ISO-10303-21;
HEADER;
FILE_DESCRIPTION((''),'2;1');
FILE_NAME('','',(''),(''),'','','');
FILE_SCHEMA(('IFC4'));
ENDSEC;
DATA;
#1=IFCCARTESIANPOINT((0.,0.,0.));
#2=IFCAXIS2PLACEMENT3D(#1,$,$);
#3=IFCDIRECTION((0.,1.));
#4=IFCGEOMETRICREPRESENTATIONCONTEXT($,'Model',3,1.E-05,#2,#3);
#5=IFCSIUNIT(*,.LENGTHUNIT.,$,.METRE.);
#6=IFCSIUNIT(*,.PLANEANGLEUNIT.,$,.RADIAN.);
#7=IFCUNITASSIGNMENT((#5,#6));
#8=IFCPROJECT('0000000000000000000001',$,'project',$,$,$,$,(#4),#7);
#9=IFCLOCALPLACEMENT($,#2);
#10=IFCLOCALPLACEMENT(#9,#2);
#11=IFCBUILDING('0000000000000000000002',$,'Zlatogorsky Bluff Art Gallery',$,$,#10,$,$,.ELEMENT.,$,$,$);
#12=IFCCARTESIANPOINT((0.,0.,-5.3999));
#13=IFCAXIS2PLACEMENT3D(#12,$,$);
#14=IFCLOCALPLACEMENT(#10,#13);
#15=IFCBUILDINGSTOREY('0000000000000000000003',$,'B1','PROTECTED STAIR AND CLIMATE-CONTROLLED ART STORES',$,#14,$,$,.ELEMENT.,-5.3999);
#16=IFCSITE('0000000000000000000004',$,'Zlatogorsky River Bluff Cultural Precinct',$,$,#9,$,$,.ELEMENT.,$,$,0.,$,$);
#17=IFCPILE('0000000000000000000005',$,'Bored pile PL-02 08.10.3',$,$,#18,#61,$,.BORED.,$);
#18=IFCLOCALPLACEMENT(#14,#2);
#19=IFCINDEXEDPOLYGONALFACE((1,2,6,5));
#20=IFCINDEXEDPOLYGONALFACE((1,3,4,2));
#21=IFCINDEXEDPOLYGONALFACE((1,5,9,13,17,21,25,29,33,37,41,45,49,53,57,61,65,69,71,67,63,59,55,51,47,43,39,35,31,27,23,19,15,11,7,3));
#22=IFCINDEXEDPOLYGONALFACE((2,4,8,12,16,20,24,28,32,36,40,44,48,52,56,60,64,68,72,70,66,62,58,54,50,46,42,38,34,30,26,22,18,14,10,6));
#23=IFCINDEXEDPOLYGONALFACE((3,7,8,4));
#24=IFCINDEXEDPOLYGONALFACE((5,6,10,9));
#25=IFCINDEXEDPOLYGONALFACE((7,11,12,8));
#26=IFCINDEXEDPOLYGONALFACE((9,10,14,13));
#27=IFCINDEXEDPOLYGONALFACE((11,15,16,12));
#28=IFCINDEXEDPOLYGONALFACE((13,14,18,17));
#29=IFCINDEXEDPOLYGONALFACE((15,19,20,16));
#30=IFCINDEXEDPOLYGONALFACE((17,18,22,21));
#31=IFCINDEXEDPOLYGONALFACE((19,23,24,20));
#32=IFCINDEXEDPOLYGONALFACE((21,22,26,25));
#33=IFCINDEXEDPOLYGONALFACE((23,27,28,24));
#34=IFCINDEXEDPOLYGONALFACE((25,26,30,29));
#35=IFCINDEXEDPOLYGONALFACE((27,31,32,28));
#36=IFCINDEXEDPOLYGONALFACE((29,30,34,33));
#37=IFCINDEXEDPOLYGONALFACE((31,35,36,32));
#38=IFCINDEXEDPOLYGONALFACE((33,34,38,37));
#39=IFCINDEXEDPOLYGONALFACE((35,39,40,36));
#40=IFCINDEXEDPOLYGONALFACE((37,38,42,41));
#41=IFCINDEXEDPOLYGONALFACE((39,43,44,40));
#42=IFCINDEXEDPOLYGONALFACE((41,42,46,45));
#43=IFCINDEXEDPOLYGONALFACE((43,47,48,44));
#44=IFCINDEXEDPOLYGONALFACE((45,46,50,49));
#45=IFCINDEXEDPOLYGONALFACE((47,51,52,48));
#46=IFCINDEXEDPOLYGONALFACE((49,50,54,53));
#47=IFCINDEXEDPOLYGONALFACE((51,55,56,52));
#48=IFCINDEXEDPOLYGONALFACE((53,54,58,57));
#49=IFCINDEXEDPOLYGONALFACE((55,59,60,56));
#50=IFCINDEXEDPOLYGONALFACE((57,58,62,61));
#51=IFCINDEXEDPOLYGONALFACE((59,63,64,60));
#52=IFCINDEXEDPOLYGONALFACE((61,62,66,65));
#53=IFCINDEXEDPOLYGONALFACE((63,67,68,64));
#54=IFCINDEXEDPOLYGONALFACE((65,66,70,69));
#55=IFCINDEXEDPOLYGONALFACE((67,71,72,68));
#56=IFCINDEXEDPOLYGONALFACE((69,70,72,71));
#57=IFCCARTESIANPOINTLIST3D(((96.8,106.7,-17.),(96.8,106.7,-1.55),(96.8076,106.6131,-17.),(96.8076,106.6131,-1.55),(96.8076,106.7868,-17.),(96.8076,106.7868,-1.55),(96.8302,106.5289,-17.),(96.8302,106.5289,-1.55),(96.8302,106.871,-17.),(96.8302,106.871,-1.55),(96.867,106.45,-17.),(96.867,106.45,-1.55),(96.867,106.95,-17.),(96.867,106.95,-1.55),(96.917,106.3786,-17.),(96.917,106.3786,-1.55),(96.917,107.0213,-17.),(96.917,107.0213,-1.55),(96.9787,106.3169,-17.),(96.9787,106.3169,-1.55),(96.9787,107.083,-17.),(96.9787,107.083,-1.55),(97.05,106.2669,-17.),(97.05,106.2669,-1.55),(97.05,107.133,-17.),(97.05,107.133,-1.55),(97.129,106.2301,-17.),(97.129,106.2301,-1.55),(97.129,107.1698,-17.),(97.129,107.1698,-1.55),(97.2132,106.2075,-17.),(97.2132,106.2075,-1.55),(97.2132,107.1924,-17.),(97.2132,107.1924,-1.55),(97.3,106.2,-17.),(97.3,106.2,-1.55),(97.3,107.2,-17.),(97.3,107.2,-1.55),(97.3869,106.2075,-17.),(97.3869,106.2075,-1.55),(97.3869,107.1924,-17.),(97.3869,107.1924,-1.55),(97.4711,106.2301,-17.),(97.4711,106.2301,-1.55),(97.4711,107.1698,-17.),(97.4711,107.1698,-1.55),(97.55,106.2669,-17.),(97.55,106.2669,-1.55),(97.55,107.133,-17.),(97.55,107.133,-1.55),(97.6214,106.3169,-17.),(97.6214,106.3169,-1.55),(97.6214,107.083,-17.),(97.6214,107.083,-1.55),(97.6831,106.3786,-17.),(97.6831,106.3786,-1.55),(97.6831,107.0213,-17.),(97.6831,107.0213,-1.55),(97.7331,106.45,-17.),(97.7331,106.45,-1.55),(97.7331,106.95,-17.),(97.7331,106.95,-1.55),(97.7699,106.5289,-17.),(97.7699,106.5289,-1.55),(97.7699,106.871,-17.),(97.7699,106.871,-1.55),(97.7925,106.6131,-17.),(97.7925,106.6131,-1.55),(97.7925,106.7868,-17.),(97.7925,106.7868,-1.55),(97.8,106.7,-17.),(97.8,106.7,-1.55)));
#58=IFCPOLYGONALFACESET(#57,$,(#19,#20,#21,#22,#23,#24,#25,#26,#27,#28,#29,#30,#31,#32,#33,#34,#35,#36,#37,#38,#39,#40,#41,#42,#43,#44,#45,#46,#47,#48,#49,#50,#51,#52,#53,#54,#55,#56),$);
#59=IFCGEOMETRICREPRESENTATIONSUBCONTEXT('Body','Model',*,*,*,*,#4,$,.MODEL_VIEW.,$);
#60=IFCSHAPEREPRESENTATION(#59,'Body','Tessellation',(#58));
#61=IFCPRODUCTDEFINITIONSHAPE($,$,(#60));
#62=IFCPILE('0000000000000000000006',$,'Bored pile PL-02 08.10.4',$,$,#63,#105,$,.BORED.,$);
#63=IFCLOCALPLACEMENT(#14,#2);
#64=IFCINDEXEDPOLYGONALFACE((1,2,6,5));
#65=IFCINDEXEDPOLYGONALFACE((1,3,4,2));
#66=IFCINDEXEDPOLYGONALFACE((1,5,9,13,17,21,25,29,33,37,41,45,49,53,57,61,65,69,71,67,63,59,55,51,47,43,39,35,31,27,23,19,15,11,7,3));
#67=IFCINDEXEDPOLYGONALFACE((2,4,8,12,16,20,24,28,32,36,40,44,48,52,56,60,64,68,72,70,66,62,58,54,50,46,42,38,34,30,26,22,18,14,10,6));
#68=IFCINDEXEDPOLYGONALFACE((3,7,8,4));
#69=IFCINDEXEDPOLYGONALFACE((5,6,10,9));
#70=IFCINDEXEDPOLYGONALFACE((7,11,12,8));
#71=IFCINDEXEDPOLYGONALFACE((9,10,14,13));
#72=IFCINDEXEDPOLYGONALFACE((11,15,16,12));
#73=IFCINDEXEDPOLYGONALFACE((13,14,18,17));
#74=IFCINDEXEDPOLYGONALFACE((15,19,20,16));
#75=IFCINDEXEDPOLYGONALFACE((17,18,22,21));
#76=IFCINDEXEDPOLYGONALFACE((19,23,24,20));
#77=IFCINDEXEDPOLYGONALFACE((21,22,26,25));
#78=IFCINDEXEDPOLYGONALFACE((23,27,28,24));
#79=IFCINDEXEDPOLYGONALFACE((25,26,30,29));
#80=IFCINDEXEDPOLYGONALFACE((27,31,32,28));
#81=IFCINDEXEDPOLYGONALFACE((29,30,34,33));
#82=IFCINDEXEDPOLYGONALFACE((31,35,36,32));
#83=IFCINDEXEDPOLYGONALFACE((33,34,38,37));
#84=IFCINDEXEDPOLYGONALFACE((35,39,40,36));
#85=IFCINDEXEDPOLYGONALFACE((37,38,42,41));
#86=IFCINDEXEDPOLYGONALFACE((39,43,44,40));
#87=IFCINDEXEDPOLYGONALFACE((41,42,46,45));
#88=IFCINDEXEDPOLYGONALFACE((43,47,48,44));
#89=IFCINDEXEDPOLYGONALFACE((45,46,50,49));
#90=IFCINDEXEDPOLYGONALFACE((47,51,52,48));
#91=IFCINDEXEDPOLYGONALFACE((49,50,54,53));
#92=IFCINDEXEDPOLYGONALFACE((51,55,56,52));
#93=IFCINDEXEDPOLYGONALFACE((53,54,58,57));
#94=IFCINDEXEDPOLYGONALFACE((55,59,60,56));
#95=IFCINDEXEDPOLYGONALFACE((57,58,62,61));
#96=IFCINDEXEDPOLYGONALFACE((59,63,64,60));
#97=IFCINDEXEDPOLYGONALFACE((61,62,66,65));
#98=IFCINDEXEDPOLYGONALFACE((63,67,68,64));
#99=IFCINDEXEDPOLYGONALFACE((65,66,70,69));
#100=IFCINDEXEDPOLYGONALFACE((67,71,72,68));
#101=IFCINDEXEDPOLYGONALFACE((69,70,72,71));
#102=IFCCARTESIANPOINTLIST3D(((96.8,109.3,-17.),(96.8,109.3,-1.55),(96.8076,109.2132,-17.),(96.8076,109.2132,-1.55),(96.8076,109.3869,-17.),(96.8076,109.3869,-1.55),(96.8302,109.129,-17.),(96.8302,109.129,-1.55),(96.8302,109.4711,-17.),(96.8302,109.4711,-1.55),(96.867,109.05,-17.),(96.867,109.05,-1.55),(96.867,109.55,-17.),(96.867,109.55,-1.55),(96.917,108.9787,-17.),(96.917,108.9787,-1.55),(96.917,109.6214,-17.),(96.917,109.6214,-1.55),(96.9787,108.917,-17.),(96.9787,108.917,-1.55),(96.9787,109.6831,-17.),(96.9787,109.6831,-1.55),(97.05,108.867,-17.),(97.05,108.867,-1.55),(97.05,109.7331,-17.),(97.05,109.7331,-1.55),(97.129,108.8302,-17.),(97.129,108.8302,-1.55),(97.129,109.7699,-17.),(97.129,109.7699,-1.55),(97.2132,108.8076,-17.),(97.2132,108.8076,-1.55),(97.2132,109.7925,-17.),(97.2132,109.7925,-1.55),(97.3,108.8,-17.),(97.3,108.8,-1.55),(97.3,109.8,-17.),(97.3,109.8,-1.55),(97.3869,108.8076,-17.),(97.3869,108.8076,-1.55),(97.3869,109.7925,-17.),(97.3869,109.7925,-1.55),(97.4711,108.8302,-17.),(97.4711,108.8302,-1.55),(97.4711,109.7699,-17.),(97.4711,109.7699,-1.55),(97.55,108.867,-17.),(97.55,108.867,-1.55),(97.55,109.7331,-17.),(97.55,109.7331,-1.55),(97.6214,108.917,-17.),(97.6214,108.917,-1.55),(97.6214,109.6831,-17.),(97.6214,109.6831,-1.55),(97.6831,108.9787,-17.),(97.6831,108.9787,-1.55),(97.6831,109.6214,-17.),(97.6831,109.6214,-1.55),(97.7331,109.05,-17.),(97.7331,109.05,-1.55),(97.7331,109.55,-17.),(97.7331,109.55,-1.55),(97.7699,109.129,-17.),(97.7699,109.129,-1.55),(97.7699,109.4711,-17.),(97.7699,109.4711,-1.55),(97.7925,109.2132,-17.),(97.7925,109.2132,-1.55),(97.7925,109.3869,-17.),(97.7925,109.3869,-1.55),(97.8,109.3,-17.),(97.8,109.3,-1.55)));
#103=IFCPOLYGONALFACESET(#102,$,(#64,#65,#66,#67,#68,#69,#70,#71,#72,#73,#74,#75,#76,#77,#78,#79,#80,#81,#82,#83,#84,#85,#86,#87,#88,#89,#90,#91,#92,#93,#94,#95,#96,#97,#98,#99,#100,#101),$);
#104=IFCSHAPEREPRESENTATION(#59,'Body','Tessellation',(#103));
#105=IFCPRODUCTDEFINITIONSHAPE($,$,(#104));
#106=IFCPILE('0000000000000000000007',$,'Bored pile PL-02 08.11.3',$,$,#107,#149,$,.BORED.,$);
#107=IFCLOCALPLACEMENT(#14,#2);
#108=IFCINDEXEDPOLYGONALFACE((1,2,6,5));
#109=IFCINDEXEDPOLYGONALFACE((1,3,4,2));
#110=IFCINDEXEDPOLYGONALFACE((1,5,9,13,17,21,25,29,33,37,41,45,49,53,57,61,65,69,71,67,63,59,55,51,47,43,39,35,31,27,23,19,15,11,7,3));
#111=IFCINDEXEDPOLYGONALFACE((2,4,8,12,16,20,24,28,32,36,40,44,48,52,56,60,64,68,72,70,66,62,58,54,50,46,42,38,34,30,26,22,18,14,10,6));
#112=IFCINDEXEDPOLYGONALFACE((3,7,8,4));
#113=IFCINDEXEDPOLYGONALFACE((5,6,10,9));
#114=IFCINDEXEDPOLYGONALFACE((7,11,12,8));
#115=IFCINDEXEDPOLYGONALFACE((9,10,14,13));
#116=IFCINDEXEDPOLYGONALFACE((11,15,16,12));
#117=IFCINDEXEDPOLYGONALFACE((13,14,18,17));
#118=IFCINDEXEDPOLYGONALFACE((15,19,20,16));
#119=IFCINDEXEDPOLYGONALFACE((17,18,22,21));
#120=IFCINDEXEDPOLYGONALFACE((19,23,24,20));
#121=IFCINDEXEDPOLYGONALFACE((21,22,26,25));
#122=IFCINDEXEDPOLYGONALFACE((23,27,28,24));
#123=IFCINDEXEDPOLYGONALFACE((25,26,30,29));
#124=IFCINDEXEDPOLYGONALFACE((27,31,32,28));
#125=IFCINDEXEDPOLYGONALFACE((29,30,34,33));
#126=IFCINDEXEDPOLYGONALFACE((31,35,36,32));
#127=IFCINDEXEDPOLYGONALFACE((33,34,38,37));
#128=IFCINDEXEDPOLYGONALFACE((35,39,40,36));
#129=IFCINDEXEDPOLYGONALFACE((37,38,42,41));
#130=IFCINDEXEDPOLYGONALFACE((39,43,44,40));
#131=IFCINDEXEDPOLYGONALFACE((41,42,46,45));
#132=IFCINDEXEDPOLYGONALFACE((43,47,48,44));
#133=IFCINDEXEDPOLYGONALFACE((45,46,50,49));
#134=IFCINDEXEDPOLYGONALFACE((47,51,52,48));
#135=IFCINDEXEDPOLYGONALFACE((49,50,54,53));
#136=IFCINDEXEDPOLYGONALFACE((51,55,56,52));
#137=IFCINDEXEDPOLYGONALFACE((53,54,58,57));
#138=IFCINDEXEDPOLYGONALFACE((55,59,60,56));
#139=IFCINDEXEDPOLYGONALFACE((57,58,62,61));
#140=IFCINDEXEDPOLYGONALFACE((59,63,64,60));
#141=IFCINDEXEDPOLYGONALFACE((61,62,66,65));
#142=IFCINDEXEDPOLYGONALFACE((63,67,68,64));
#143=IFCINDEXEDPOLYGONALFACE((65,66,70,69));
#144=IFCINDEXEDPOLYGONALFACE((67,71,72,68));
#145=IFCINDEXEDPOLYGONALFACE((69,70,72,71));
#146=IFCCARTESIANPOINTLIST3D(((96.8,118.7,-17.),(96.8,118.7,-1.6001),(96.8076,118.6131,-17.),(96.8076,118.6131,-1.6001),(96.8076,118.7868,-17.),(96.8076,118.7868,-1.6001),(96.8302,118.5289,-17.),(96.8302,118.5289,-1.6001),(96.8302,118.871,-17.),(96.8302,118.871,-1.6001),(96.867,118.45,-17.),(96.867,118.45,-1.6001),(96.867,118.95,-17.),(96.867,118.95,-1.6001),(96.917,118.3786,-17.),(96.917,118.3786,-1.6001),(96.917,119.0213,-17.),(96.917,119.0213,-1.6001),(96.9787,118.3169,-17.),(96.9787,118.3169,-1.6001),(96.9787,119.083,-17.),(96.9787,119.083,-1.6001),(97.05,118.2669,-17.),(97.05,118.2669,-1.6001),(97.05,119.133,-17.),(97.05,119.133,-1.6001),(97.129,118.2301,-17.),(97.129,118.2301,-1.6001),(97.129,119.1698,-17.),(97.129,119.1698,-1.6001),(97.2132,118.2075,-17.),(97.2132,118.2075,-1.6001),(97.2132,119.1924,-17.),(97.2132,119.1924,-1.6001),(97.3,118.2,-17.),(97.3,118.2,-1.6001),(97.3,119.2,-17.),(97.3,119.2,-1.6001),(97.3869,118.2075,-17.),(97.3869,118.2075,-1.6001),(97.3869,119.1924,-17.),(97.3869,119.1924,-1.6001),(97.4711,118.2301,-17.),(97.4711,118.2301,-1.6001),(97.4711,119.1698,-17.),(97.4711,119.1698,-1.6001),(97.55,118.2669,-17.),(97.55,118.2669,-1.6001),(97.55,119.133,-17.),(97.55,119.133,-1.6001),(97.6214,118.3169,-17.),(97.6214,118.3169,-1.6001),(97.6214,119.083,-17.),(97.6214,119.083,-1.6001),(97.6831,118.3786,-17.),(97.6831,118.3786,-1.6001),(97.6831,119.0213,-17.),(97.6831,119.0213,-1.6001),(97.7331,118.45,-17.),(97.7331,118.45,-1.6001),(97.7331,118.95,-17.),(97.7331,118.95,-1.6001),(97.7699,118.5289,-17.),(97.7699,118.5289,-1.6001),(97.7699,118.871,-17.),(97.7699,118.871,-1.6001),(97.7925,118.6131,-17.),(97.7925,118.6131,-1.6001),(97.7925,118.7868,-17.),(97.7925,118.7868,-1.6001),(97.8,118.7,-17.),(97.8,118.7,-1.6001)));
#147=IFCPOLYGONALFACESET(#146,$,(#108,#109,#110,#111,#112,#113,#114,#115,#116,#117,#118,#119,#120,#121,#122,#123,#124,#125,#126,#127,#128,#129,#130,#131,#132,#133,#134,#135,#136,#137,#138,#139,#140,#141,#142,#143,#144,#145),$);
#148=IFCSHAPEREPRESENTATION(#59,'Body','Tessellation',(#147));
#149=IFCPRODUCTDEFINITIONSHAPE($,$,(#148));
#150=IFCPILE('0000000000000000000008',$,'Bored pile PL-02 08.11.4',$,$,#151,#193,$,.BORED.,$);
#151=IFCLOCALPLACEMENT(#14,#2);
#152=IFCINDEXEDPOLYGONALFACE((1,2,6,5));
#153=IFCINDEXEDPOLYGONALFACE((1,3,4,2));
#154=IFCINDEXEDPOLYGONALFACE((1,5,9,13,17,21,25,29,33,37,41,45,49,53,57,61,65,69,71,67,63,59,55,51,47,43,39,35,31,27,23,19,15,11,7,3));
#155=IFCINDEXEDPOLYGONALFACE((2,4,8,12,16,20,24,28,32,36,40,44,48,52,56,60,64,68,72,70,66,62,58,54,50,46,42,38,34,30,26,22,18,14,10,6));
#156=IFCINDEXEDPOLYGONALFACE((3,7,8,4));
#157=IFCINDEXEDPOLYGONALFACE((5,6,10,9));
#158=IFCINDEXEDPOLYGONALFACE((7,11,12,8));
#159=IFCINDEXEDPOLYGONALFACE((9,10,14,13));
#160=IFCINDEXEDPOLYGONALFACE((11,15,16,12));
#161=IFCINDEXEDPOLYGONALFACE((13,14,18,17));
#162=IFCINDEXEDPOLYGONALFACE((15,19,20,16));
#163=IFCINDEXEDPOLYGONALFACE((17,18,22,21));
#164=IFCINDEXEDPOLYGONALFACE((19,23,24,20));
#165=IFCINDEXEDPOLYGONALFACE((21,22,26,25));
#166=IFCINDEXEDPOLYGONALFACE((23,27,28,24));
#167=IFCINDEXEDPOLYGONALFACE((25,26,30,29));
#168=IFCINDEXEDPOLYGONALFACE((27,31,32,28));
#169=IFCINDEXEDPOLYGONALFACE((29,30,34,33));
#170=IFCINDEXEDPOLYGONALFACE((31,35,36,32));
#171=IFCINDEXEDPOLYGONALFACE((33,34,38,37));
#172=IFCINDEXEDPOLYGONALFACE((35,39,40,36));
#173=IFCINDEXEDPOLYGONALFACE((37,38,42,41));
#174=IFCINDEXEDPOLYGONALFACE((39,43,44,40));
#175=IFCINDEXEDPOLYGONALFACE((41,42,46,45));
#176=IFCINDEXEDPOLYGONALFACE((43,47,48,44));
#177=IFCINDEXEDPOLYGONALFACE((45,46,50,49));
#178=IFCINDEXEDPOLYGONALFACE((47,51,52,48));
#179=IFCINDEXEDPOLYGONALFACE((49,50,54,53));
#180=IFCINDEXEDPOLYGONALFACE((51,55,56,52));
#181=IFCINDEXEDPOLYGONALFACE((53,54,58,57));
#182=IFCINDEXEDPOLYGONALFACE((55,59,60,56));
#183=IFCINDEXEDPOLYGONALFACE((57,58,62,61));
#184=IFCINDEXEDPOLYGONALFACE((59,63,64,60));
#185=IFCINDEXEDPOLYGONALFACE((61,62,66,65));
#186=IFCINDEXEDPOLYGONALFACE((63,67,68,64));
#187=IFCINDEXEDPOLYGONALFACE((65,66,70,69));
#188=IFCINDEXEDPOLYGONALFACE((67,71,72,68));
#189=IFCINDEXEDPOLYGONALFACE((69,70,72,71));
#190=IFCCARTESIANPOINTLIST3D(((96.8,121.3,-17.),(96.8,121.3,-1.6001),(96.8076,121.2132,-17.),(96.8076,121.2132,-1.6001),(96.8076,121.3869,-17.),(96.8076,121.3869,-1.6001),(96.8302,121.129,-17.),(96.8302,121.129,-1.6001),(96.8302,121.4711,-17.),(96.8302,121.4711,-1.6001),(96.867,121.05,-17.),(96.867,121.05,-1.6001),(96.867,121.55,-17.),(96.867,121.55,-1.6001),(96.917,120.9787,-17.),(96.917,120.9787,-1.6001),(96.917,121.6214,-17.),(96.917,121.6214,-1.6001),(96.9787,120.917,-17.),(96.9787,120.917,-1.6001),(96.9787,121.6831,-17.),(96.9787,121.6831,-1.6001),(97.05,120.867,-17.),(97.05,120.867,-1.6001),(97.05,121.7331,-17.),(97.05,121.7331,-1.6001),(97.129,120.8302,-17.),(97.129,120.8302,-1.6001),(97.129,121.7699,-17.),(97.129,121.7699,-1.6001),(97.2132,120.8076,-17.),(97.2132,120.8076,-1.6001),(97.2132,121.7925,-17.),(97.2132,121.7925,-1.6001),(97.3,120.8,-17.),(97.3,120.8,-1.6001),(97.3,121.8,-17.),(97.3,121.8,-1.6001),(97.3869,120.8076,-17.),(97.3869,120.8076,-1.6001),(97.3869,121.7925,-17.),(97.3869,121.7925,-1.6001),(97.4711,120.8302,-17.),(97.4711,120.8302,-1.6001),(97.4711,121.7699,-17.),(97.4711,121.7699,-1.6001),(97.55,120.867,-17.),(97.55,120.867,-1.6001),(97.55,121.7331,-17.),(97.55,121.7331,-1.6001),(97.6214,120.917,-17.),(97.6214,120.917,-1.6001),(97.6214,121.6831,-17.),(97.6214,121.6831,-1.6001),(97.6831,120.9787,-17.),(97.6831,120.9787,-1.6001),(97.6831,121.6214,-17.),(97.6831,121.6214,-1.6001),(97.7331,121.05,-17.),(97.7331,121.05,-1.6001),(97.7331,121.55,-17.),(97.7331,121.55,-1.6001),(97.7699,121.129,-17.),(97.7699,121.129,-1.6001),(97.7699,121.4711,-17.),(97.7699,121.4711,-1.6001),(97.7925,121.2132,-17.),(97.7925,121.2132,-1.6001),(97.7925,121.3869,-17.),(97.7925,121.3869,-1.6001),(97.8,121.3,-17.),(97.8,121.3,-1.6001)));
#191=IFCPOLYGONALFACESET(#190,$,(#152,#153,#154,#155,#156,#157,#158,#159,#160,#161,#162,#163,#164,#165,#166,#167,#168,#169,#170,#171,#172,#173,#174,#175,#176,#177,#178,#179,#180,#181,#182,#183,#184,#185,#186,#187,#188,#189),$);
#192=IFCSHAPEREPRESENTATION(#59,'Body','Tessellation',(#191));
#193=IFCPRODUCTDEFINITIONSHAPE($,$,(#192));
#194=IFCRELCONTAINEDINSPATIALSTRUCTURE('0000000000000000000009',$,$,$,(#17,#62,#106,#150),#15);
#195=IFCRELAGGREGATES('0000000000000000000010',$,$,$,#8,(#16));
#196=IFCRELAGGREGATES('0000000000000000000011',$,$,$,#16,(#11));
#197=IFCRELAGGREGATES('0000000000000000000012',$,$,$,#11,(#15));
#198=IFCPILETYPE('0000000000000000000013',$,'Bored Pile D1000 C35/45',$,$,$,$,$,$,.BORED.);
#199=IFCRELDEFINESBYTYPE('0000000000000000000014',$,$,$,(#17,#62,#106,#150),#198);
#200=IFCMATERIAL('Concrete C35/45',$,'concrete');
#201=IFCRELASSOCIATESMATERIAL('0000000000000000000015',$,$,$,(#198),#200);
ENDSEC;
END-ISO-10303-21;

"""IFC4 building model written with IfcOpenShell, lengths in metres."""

from ifc_helpers import new_model, si_unit, direction, frame, origin, origin_2d, place, context, subcontext, project, spatial, circle, extrude, material, material_profile, profile_set, type_object, element, save


model = new_model("IFC4")

# Units and contexts
model_context = context("Model", 3, precision=1e-05, world=origin(), true_north=direction((0.0, 1.0)))
body_context = subcontext(model_context, "Body", "Model", "MODEL_VIEW")
ifc_project = project(units=[si_unit("LENGTHUNIT", "METRE"), si_unit("PLANEANGLEUNIT", "RADIAN")], contexts=[model_context])

# Site, building, storey
site_placement = place(None, origin())
site = spatial("IfcSite", under=ifc_project, at=site_placement, Name="Zlatogorsky River Bluff Cultural Precinct", CompositionType="ELEMENT", RefElevation=0.0)
building_placement = place(site_placement, origin())
building = spatial("IfcBuilding", under=site, at=building_placement, Name="Zlatogorsky Bluff Art Gallery", CompositionType="ELEMENT")
storey_placement = place(building_placement, frame((0.0, 0.0, -5.3999)))
storey = spatial("IfcBuildingStorey", under=building, at=storey_placement, Name="B1", Description="PROTECTED STAIR AND CLIMATE-CONTROLLED ART STORES", CompositionType="ELEMENT", Elevation=-5.3999)

# Piles
ifc_material_1 = material(Name="Concrete C35/45", Category="concrete")
ifc_material_profile_1 = material_profile(ifc_material_1, circle(Radius=0.5, at=origin_2d()), Name="BORED PILE D1000")
ifc_profile_set_1 = profile_set([ifc_material_profile_1], Name="Concrete C35/45")
pile_type = type_object("IfcPileType", Name="Bored Pile D1000 C35/45", PredefinedType="BORED", material=ifc_profile_set_1)
for number, where, z_axis, x_axis, name in (
    (1, (97.3, 106.7, -1.55), (0.0, 0.0, -1.0), (1.0, 0.0, 0.0), "Bored pile PL-02 08.10.3"),
    (2, (97.3, 109.3, -1.55), (0.0, 0.0, -1.0), (1.0, 0.0, 0.0), "Bored pile PL-02 08.10.4"),
):
    element("IfcPile", number, at=place(storey_placement, frame(where, z_axis=z_axis, x_axis=x_axis)), inside=storey, type_object=pile_type, Name=name, PredefinedType="BORED", context=body_context, shape_type="SweptSolid", body=[
        extrude(circle(Radius=0.5, at=origin_2d()), origin(), (0.0, 0.0, 1.0), 15.45),
    ])
for number, where, z_axis, x_axis, name in (
    (3, (97.3, 118.7, -1.6001), (0.0, 0.0, -1.0), (1.0, 0.0, 0.0), "Bored pile PL-02 08.11.3"),
    (4, (97.3, 121.3, -1.6001), (0.0, 0.0, -1.0), (1.0, 0.0, 0.0), "Bored pile PL-02 08.11.4"),
):
    element("IfcPile", number, at=place(storey_placement, frame(where, z_axis=z_axis, x_axis=x_axis)), inside=storey, type_object=pile_type, Name=name, PredefinedType="BORED", context=body_context, shape_type="SweptSolid", body=[
        extrude(circle(Radius=0.5, at=origin_2d()), origin(), (0.0, 0.0, 1.0), 15.3999),
    ])

save(model, "model.ifc")
